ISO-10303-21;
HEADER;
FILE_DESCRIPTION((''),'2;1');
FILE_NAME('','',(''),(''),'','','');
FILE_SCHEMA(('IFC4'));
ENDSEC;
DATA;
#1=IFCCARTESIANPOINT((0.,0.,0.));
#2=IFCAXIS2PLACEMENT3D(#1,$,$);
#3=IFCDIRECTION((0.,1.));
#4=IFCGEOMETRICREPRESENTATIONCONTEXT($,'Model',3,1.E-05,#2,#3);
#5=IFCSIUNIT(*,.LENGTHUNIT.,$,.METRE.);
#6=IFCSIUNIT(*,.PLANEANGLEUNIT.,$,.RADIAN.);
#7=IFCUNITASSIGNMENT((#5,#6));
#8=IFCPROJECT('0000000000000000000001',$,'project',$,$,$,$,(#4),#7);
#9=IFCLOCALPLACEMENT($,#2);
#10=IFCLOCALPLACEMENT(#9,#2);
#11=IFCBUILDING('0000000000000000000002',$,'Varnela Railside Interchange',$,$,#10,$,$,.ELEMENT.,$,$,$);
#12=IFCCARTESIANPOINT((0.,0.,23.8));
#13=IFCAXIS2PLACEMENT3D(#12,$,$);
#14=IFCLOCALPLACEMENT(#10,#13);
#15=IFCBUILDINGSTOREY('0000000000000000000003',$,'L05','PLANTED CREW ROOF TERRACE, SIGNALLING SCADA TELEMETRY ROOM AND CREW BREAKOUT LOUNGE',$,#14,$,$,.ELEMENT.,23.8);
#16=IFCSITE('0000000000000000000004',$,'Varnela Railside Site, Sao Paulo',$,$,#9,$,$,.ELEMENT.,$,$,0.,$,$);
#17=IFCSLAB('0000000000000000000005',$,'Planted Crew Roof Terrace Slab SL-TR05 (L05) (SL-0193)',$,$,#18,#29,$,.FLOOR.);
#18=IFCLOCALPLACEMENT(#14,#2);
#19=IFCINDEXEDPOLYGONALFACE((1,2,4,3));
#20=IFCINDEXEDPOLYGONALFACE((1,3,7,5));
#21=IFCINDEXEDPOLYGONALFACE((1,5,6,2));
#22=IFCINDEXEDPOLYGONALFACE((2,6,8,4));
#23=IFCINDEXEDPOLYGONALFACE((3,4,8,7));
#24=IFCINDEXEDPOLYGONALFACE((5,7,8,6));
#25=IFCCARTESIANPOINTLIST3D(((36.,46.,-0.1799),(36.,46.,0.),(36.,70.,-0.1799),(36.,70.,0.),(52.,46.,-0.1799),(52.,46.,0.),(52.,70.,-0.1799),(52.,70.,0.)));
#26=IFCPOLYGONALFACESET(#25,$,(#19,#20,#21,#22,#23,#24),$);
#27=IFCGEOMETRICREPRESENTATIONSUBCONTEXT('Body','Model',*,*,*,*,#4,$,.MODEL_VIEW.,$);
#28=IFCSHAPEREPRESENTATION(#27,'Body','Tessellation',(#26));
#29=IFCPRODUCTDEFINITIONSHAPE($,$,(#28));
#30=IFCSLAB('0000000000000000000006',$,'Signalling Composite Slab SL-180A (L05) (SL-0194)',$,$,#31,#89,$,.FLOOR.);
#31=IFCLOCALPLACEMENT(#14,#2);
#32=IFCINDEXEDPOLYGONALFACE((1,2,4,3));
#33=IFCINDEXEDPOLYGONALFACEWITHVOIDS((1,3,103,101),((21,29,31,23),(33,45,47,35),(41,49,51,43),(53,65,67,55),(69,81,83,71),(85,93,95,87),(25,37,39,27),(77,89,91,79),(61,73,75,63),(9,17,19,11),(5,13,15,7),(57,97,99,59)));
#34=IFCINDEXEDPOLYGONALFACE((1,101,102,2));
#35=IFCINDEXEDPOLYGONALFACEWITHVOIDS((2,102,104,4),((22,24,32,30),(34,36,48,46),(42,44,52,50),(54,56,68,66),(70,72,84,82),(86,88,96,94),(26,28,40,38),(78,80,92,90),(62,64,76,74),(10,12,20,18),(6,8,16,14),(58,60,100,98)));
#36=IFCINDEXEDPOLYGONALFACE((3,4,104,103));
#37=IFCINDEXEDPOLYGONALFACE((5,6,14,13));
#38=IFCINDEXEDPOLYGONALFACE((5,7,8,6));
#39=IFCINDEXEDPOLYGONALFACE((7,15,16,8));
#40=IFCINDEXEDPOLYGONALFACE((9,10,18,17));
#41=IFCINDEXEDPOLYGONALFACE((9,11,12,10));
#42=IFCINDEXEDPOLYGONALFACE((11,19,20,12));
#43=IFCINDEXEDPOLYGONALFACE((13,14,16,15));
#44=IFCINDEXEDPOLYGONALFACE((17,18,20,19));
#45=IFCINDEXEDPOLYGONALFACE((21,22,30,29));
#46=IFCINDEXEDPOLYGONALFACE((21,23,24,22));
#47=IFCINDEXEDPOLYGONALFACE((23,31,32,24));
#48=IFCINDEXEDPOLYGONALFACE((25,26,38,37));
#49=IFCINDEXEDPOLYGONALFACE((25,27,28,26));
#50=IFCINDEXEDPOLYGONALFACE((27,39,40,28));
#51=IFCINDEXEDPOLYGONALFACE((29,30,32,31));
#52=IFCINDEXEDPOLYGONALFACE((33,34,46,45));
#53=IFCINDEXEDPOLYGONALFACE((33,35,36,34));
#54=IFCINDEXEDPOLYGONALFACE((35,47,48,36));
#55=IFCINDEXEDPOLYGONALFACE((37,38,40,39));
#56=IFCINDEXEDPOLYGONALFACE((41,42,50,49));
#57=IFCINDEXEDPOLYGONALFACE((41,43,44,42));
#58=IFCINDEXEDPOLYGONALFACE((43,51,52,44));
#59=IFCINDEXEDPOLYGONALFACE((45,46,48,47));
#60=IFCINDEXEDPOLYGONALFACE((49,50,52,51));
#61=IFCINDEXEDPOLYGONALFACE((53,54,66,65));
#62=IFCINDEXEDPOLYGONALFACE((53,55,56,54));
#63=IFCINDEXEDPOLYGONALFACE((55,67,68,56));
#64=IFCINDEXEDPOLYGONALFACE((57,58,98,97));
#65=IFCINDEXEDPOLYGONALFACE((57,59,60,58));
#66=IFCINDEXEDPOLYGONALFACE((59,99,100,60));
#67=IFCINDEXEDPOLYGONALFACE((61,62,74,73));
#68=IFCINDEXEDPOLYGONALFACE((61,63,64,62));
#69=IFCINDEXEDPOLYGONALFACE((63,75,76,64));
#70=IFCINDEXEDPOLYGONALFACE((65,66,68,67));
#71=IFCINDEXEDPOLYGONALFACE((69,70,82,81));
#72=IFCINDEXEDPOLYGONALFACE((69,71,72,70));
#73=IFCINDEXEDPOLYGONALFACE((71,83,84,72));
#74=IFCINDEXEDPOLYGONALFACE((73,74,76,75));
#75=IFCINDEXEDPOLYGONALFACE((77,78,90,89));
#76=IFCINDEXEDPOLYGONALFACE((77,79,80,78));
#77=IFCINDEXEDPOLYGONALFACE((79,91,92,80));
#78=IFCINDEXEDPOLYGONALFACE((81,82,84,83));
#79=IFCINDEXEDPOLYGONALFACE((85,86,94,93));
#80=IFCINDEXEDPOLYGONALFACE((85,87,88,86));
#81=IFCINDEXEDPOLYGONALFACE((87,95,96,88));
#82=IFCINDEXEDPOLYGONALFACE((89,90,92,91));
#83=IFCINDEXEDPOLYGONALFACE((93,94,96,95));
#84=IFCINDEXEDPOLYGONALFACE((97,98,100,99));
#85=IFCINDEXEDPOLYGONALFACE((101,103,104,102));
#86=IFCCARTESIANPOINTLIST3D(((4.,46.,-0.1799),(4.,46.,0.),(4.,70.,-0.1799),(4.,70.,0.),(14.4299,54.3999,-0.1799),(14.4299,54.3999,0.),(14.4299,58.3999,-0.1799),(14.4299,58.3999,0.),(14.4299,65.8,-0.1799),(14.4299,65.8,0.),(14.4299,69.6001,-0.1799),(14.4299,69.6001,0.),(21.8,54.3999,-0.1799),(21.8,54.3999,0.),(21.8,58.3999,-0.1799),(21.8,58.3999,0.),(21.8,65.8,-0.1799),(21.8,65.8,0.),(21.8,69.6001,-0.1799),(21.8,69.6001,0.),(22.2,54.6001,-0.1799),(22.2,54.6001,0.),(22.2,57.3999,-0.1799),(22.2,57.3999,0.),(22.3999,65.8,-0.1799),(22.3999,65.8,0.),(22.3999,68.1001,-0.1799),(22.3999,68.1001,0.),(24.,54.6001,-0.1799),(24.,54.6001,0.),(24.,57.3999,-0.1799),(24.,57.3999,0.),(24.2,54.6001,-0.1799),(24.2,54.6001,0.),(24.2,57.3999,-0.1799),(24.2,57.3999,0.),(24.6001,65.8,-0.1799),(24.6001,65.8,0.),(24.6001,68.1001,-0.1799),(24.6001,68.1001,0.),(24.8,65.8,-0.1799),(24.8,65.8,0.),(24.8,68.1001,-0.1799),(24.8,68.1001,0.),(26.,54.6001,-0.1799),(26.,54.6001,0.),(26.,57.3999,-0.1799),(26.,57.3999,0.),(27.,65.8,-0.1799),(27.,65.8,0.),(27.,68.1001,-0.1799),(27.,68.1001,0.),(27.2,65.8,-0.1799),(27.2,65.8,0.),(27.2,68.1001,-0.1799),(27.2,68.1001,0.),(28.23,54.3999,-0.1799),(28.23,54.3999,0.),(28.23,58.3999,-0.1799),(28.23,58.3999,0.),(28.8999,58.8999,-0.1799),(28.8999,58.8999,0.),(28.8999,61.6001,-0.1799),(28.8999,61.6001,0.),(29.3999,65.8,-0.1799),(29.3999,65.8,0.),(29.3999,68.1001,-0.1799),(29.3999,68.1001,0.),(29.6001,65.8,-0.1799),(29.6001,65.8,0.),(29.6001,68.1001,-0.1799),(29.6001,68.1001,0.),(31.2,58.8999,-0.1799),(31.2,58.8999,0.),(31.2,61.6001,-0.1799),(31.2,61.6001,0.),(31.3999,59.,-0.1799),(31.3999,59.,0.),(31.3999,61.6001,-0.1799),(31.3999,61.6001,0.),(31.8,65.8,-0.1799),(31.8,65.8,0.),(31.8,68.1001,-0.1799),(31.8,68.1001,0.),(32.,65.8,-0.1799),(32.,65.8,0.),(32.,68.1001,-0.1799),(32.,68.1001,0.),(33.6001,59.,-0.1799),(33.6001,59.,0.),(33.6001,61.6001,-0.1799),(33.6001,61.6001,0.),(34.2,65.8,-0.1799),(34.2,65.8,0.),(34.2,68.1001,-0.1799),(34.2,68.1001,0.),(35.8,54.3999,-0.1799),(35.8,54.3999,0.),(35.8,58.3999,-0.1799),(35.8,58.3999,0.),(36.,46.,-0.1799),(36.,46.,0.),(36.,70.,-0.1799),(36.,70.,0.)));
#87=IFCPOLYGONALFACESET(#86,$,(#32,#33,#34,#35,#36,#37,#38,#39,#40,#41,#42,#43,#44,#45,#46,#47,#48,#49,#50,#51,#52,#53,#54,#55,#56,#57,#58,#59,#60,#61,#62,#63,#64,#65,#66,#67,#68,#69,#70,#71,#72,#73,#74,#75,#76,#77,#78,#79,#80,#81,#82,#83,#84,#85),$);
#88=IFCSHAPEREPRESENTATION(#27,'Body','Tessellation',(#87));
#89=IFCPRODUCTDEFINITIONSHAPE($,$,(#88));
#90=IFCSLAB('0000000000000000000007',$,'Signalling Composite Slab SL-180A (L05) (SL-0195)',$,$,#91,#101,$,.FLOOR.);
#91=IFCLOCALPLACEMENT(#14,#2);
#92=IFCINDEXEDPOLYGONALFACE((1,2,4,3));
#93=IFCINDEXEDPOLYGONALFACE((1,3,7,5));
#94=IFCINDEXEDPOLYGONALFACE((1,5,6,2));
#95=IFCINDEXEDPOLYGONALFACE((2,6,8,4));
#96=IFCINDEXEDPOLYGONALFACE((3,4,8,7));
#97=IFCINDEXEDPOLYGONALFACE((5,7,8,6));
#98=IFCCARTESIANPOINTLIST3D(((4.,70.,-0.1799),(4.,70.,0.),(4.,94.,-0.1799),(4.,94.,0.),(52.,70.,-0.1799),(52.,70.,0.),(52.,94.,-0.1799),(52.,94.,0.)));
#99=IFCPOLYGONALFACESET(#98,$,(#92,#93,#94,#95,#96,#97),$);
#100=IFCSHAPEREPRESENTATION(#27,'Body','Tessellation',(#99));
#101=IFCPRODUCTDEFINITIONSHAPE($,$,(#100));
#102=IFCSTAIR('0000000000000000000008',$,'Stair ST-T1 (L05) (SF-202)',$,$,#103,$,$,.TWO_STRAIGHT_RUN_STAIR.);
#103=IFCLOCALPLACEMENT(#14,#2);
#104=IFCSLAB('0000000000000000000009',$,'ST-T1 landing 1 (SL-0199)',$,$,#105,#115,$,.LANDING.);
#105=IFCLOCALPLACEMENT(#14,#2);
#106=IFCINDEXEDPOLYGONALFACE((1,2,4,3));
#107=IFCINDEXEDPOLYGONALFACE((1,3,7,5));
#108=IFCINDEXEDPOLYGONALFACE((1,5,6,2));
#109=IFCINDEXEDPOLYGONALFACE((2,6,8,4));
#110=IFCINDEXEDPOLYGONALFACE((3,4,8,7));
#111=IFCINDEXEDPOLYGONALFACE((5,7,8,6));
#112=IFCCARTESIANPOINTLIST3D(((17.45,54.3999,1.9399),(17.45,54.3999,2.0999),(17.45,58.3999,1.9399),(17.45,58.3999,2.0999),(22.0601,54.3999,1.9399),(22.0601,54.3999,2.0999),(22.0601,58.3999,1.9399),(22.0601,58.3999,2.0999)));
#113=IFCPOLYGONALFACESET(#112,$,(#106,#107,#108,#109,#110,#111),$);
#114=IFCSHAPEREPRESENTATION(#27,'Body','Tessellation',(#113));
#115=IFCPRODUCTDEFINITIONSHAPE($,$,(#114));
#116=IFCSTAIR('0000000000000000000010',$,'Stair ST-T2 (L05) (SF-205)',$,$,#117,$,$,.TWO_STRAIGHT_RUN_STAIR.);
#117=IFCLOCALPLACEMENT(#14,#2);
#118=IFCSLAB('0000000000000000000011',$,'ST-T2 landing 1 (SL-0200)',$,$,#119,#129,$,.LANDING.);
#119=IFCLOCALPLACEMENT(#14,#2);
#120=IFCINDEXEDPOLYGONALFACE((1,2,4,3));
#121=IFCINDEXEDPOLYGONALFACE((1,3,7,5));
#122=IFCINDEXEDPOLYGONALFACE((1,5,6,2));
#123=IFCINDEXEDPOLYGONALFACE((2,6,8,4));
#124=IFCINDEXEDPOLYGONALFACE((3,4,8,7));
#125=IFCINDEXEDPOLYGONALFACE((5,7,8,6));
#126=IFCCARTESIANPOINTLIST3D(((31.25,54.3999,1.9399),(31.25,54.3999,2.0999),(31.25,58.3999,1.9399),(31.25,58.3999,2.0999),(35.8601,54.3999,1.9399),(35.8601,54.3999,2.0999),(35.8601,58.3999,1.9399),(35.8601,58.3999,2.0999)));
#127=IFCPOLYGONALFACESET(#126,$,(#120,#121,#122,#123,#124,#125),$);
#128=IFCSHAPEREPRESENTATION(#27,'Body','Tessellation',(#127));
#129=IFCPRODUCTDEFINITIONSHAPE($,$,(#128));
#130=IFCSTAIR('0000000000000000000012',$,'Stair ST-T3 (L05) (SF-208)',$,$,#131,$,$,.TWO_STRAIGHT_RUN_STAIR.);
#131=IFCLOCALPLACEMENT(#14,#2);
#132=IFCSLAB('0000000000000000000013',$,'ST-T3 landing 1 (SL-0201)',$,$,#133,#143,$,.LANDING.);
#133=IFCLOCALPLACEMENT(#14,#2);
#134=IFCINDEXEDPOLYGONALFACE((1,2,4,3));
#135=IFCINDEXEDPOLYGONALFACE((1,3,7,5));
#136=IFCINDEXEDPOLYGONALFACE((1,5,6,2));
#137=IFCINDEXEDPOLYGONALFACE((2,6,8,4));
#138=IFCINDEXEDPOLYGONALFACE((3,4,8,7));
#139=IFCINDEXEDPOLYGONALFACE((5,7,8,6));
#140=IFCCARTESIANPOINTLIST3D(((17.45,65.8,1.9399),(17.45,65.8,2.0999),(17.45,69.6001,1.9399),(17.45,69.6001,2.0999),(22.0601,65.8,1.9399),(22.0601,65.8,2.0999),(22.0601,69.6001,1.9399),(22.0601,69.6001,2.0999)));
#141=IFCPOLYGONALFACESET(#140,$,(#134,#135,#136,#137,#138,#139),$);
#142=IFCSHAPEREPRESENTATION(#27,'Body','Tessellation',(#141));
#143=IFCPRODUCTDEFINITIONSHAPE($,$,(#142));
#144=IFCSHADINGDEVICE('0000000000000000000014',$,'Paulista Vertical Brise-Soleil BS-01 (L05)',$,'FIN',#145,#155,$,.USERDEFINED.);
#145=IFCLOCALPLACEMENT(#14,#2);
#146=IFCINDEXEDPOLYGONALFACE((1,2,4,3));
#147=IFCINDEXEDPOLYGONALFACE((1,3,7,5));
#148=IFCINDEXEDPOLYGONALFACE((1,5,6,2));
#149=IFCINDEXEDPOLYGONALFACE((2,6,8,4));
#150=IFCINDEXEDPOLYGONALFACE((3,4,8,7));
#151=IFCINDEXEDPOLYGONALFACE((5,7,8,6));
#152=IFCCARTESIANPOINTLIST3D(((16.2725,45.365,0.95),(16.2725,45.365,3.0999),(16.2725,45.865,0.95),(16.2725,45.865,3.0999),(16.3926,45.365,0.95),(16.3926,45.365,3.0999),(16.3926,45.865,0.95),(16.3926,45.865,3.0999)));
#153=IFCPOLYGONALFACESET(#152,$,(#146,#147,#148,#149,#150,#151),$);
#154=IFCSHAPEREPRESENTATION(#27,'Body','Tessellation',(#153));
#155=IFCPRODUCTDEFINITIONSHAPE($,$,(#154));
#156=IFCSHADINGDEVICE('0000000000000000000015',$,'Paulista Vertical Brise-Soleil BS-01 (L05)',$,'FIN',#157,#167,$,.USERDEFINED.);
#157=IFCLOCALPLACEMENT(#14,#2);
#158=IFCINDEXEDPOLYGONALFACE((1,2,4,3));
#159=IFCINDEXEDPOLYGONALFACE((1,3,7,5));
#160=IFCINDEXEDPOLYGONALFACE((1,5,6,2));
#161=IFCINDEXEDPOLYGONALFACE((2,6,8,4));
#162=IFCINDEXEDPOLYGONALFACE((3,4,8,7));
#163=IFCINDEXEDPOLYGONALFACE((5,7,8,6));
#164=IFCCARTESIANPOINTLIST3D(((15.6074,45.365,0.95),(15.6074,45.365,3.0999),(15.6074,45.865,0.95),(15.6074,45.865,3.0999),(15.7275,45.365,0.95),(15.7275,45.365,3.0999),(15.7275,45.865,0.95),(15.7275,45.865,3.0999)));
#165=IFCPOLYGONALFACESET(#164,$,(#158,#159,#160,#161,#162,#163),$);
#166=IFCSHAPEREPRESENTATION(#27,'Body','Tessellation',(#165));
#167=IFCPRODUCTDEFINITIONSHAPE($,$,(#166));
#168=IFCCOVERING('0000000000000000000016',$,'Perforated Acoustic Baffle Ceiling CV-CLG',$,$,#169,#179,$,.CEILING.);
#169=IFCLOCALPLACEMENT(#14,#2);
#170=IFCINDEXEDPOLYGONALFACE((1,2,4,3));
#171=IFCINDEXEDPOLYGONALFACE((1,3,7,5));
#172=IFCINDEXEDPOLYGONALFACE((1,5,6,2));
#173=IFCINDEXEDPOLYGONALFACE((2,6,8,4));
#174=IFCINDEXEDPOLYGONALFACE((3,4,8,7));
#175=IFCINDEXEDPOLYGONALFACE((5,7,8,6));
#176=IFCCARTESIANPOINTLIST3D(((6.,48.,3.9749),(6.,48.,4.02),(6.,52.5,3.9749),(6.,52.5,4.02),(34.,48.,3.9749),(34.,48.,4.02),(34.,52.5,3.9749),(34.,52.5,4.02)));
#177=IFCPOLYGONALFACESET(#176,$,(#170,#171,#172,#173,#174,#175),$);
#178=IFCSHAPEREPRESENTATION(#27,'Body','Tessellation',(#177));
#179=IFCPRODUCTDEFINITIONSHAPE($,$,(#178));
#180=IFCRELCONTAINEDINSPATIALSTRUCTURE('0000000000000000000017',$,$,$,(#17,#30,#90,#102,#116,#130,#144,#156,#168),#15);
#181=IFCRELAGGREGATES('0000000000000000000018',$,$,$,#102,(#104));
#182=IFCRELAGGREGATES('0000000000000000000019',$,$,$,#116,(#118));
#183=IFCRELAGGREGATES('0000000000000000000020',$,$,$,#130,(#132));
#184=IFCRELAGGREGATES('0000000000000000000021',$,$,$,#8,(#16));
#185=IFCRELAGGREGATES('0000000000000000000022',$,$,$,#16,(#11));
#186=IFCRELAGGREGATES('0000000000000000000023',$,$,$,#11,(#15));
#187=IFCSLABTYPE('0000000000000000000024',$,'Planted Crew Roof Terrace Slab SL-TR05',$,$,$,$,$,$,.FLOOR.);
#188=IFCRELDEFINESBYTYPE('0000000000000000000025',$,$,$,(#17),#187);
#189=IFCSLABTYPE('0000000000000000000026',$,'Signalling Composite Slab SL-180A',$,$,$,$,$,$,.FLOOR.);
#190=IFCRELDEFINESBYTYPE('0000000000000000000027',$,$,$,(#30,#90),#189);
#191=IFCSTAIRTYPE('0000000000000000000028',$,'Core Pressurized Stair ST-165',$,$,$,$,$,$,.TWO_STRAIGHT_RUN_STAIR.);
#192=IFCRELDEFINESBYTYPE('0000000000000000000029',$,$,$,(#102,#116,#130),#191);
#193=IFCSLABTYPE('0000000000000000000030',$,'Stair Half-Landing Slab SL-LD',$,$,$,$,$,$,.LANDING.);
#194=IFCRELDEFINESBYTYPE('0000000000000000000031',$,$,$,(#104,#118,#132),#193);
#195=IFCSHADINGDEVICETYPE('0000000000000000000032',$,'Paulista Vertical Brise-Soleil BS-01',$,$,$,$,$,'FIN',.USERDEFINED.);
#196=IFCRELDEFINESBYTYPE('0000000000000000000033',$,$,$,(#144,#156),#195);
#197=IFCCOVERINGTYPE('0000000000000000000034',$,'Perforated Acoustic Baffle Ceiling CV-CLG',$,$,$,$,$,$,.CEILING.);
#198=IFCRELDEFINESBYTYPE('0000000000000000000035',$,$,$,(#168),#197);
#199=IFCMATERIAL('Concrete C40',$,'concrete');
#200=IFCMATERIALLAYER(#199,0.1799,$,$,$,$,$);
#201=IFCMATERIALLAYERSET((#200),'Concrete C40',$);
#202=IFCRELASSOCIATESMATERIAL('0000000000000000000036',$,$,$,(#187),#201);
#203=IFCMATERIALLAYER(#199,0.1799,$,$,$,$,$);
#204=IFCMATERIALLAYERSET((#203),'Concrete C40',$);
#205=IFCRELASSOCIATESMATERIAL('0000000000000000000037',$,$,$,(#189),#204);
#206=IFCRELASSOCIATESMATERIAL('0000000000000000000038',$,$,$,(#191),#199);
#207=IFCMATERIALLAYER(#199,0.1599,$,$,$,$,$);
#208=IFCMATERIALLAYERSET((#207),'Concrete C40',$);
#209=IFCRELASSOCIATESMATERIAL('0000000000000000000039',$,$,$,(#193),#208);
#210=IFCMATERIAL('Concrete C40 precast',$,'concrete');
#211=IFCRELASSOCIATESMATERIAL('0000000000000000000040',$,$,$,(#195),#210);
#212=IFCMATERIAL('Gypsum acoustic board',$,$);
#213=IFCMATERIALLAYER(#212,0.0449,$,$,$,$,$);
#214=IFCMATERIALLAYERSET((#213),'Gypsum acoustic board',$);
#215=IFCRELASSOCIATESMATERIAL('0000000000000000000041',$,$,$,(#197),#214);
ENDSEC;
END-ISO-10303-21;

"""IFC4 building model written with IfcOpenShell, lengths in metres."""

from ifc_helpers import new_model, si_unit, direction, frame, origin, origin_2d, place, context, subcontext, project, spatial, polyline, rectangle, outline, extrude, material, layer, layer_set, type_object, element, aggregate, save


model = new_model("IFC4")

# Units and contexts
model_context = context("Model", 3, precision=1e-05, world=origin(), true_north=direction((0.0, 1.0)))
body_context = subcontext(model_context, "Body", "Model", "MODEL_VIEW")
ifc_project = project(units=[si_unit("LENGTHUNIT", "METRE"), si_unit("PLANEANGLEUNIT", "RADIAN")], contexts=[model_context])

# Site, building, storey
site_placement = place(None, origin())
site = spatial("IfcSite", under=ifc_project, at=site_placement, Name="Varnela Railside Site, Sao Paulo", CompositionType="ELEMENT", RefElevation=0.0)
building_placement = place(site_placement, origin())
building = spatial("IfcBuilding", under=site, at=building_placement, Name="Varnela Railside Interchange", CompositionType="ELEMENT")
storey_placement = place(building_placement, frame((0.0, 0.0, 23.8)))
storey = spatial("IfcBuildingStorey", under=building, at=storey_placement, Name="L05", Description="PLANTED CREW ROOF TERRACE, SIGNALLING SCADA TELEMETRY ROOM AND CREW BREAKOUT LOUNGE", CompositionType="ELEMENT", Elevation=23.8)

# Slabs
ifc_material_1 = material(Name="Concrete C40", Category="concrete")
ifc_layer_1 = layer(ifc_material_1, 0.1799)
ifc_layer_set_1 = layer_set([ifc_layer_1], Name="Concrete C40")
slab_type_1 = type_object("IfcSlabType", Name="Planted Crew Roof Terrace Slab SL-TR05", PredefinedType="FLOOR", material=ifc_layer_set_1)
slab_1_placement = place(storey_placement, frame((0.0, 0.0, -0.1799)))
element("IfcSlab", 1, at=slab_1_placement, inside=storey, type_object=slab_type_1, Name="Planted Crew Roof Terrace Slab SL-TR05 (L05) (SL-0193)", PredefinedType="FLOOR", context=body_context, shape_type="SweptSolid", body=[
    extrude(outline(polyline([(36.0, 46.0), (52.0, 46.0), (52.0, 70.0), (36.0, 70.0), (36.0, 46.0)])), origin(), (0.0, 0.0, 1.0), 0.1799),
])
ifc_layer_2 = layer(ifc_material_1, 0.1799)
ifc_layer_set_2 = layer_set([ifc_layer_2], Name="Concrete C40")
slab_type_2 = type_object("IfcSlabType", Name="Signalling Composite Slab SL-180A", PredefinedType="FLOOR", material=ifc_layer_set_2)
slab_2_placement = place(storey_placement, frame((0.0, 0.0, -0.1799)))
element("IfcSlab", 2, at=slab_2_placement, inside=storey, type_object=slab_type_2, Name="Signalling Composite Slab SL-180A (L05) (SL-0194)", PredefinedType="FLOOR", context=body_context, shape_type="SweptSolid", body=[
    extrude(outline(polyline([(4.0, 46.0), (36.0, 46.0), (36.0, 70.0), (4.0, 70.0), (4.0, 46.0)]), holes=[polyline([(14.4299, 54.3999), (21.8, 54.3999), (21.8, 58.3999), (14.4299, 58.3999), (14.4299, 54.3999)]), polyline([(28.23, 54.3999), (35.8, 54.3999), (35.8, 58.3999), (28.23, 58.3999), (28.23, 54.3999)]), polyline([(14.4299, 65.8), (21.8, 65.8), (21.8, 69.6001), (14.4299, 69.6001), (14.4299, 65.8)]), polyline([(22.2, 54.6001), (24.0, 54.6001), (24.0, 57.3999), (22.2, 57.3999), (22.2, 54.6001)]), polyline([(24.2, 54.6001), (26.0, 54.6001), (26.0, 57.3999), (24.2, 57.3999), (24.2, 54.6001)]), polyline([(22.3999, 65.8), (24.6001, 65.8), (24.6001, 68.1001), (22.3999, 68.1001), (22.3999, 65.8)]), polyline([(24.8, 65.8), (27.0, 65.8), (27.0, 68.1001), (24.8, 68.1001), (24.8, 65.8)]), polyline([(27.2, 65.8), (29.3999, 65.8), (29.3999, 68.1001), (27.2, 68.1001), (27.2, 65.8)]), polyline([(29.6001, 65.8), (31.8, 65.8), (31.8, 68.1001), (29.6001, 68.1001), (29.6001, 65.8)]), polyline([(32.0, 65.8), (34.2, 65.8), (34.2, 68.1001), (32.0, 68.1001), (32.0, 65.8)]), polyline([(31.3999, 59.0), (33.6001, 59.0), (33.6001, 61.6001), (31.3999, 61.6001), (31.3999, 59.0)]), polyline([(28.8999, 58.8999), (31.2, 58.8999), (31.2, 61.6001), (28.8999, 61.6001), (28.8999, 58.8999)])]), origin(), (0.0, 0.0, 1.0), 0.1799),
])
slab_3_placement = place(storey_placement, frame((0.0, 0.0, -0.1799)))
element("IfcSlab", 3, at=slab_3_placement, inside=storey, type_object=slab_type_2, Name="Signalling Composite Slab SL-180A (L05) (SL-0195)", PredefinedType="FLOOR", context=body_context, shape_type="SweptSolid", body=[
    extrude(outline(polyline([(4.0, 70.0), (52.0, 70.0), (52.0, 94.0), (4.0, 94.0), (4.0, 70.0)])), origin(), (0.0, 0.0, 1.0), 0.1799),
])

# Stairs, slabs
stair_type = type_object("IfcStairType", Name="Core Pressurized Stair ST-165", PredefinedType="TWO_STRAIGHT_RUN_STAIR", material=ifc_material_1)
stair_1_placement = place(storey_placement, origin())
stair_1 = element("IfcStair", 4, at=stair_1_placement, inside=storey, type_object=stair_type, Name="Stair ST-T1 (L05) (SF-202)", PredefinedType="TWO_STRAIGHT_RUN_STAIR")
ifc_layer_3 = layer(ifc_material_1, 0.1599)
ifc_layer_set_3 = layer_set([ifc_layer_3], Name="Concrete C40")
slab_type_3 = type_object("IfcSlabType", Name="Stair Half-Landing Slab SL-LD", PredefinedType="LANDING", material=ifc_layer_set_3)
slab_4_placement = place(storey_placement, frame((0.0, 0.0, 1.9399)))
slab_4 = element("IfcSlab", 5, at=slab_4_placement, type_object=slab_type_3, Name="ST-T1 landing 1 (SL-0199)", PredefinedType="LANDING", context=body_context, shape_type="SweptSolid", body=[
    extrude(outline(polyline([(17.45, 54.3999), (22.0601, 54.3999), (22.0601, 58.3999), (17.45, 58.3999), (17.45, 54.3999)])), origin(), (0.0, 0.0, 1.0), 0.1599),
])
aggregate(stair_1, [slab_4])
stair_2_placement = place(storey_placement, origin())
stair_2 = element("IfcStair", 6, at=stair_2_placement, inside=storey, type_object=stair_type, Name="Stair ST-T2 (L05) (SF-205)", PredefinedType="TWO_STRAIGHT_RUN_STAIR")
slab_5_placement = place(storey_placement, frame((0.0, 0.0, 1.9399)))
slab_5 = element("IfcSlab", 7, at=slab_5_placement, type_object=slab_type_3, Name="ST-T2 landing 1 (SL-0200)", PredefinedType="LANDING", context=body_context, shape_type="SweptSolid", body=[
    extrude(outline(polyline([(31.25, 54.3999), (35.8601, 54.3999), (35.8601, 58.3999), (31.25, 58.3999), (31.25, 54.3999)])), origin(), (0.0, 0.0, 1.0), 0.1599),
])
aggregate(stair_2, [slab_5])
stair_3_placement = place(storey_placement, origin())
stair_3 = element("IfcStair", 8, at=stair_3_placement, inside=storey, type_object=stair_type, Name="Stair ST-T3 (L05) (SF-208)", PredefinedType="TWO_STRAIGHT_RUN_STAIR")
slab_6_placement = place(storey_placement, frame((0.0, 0.0, 1.9399)))
slab_6 = element("IfcSlab", 9, at=slab_6_placement, type_object=slab_type_3, Name="ST-T3 landing 1 (SL-0201)", PredefinedType="LANDING", context=body_context, shape_type="SweptSolid", body=[
    extrude(outline(polyline([(17.45, 65.8), (22.0601, 65.8), (22.0601, 69.6001), (17.45, 69.6001), (17.45, 65.8)])), origin(), (0.0, 0.0, 1.0), 0.1599),
])
aggregate(stair_3, [slab_6])

# Shading devices
ifc_material_2 = material(Name="Concrete C40 precast", Category="concrete")
shading_device_type = type_object("IfcShadingDeviceType", Name="Paulista Vertical Brise-Soleil BS-01", ElementType="FIN", PredefinedType="USERDEFINED", material=ifc_material_2)
for number, where, z_axis, x_axis, name in (
    (10, (16.3325, 45.615, 0.95), (0.0, 0.0, 1.0), (0.0, -1.0, 0.0), "Paulista Vertical Brise-Soleil BS-01 (L05)"),
    (11, (15.6675, 45.615, 0.95), (0.0, 0.0, 1.0), (0.0, -1.0, 0.0), "Paulista Vertical Brise-Soleil BS-01 (L05)"),
):
    element("IfcShadingDevice", number, at=place(storey_placement, frame(where, z_axis=z_axis, x_axis=x_axis)), inside=storey, type_object=shading_device_type, Name=name, ObjectType="FIN", PredefinedType="USERDEFINED", context=body_context, shape_type="SweptSolid", body=[
        extrude(rectangle(XDim=0.5, YDim=0.1201, at=origin_2d()), origin(), (0.0, 0.0, 1.0), 2.1499),
    ])

# Covering
ifc_material_3 = material(Name="Gypsum acoustic board")
ifc_layer_4 = layer(ifc_material_3, 0.0449)
ifc_layer_set_4 = layer_set([ifc_layer_4], Name="Gypsum acoustic board")
covering_type = type_object("IfcCoveringType", Name="Perforated Acoustic Baffle Ceiling CV-CLG", PredefinedType="CEILING", material=ifc_layer_set_4)
covering_placement = place(storey_placement, frame((0.0, 0.0, 3.9749)))
element("IfcCovering", 12, at=covering_placement, inside=storey, type_object=covering_type, Name="Perforated Acoustic Baffle Ceiling CV-CLG", PredefinedType="CEILING", context=body_context, shape_type="SweptSolid", body=[
    extrude(outline(polyline([(6.0, 48.0), (34.0, 48.0), (34.0, 52.5), (6.0, 52.5), (6.0, 48.0)])), origin(), (0.0, 0.0, 1.0), 0.0452),
])

save(model, "model.ifc")
